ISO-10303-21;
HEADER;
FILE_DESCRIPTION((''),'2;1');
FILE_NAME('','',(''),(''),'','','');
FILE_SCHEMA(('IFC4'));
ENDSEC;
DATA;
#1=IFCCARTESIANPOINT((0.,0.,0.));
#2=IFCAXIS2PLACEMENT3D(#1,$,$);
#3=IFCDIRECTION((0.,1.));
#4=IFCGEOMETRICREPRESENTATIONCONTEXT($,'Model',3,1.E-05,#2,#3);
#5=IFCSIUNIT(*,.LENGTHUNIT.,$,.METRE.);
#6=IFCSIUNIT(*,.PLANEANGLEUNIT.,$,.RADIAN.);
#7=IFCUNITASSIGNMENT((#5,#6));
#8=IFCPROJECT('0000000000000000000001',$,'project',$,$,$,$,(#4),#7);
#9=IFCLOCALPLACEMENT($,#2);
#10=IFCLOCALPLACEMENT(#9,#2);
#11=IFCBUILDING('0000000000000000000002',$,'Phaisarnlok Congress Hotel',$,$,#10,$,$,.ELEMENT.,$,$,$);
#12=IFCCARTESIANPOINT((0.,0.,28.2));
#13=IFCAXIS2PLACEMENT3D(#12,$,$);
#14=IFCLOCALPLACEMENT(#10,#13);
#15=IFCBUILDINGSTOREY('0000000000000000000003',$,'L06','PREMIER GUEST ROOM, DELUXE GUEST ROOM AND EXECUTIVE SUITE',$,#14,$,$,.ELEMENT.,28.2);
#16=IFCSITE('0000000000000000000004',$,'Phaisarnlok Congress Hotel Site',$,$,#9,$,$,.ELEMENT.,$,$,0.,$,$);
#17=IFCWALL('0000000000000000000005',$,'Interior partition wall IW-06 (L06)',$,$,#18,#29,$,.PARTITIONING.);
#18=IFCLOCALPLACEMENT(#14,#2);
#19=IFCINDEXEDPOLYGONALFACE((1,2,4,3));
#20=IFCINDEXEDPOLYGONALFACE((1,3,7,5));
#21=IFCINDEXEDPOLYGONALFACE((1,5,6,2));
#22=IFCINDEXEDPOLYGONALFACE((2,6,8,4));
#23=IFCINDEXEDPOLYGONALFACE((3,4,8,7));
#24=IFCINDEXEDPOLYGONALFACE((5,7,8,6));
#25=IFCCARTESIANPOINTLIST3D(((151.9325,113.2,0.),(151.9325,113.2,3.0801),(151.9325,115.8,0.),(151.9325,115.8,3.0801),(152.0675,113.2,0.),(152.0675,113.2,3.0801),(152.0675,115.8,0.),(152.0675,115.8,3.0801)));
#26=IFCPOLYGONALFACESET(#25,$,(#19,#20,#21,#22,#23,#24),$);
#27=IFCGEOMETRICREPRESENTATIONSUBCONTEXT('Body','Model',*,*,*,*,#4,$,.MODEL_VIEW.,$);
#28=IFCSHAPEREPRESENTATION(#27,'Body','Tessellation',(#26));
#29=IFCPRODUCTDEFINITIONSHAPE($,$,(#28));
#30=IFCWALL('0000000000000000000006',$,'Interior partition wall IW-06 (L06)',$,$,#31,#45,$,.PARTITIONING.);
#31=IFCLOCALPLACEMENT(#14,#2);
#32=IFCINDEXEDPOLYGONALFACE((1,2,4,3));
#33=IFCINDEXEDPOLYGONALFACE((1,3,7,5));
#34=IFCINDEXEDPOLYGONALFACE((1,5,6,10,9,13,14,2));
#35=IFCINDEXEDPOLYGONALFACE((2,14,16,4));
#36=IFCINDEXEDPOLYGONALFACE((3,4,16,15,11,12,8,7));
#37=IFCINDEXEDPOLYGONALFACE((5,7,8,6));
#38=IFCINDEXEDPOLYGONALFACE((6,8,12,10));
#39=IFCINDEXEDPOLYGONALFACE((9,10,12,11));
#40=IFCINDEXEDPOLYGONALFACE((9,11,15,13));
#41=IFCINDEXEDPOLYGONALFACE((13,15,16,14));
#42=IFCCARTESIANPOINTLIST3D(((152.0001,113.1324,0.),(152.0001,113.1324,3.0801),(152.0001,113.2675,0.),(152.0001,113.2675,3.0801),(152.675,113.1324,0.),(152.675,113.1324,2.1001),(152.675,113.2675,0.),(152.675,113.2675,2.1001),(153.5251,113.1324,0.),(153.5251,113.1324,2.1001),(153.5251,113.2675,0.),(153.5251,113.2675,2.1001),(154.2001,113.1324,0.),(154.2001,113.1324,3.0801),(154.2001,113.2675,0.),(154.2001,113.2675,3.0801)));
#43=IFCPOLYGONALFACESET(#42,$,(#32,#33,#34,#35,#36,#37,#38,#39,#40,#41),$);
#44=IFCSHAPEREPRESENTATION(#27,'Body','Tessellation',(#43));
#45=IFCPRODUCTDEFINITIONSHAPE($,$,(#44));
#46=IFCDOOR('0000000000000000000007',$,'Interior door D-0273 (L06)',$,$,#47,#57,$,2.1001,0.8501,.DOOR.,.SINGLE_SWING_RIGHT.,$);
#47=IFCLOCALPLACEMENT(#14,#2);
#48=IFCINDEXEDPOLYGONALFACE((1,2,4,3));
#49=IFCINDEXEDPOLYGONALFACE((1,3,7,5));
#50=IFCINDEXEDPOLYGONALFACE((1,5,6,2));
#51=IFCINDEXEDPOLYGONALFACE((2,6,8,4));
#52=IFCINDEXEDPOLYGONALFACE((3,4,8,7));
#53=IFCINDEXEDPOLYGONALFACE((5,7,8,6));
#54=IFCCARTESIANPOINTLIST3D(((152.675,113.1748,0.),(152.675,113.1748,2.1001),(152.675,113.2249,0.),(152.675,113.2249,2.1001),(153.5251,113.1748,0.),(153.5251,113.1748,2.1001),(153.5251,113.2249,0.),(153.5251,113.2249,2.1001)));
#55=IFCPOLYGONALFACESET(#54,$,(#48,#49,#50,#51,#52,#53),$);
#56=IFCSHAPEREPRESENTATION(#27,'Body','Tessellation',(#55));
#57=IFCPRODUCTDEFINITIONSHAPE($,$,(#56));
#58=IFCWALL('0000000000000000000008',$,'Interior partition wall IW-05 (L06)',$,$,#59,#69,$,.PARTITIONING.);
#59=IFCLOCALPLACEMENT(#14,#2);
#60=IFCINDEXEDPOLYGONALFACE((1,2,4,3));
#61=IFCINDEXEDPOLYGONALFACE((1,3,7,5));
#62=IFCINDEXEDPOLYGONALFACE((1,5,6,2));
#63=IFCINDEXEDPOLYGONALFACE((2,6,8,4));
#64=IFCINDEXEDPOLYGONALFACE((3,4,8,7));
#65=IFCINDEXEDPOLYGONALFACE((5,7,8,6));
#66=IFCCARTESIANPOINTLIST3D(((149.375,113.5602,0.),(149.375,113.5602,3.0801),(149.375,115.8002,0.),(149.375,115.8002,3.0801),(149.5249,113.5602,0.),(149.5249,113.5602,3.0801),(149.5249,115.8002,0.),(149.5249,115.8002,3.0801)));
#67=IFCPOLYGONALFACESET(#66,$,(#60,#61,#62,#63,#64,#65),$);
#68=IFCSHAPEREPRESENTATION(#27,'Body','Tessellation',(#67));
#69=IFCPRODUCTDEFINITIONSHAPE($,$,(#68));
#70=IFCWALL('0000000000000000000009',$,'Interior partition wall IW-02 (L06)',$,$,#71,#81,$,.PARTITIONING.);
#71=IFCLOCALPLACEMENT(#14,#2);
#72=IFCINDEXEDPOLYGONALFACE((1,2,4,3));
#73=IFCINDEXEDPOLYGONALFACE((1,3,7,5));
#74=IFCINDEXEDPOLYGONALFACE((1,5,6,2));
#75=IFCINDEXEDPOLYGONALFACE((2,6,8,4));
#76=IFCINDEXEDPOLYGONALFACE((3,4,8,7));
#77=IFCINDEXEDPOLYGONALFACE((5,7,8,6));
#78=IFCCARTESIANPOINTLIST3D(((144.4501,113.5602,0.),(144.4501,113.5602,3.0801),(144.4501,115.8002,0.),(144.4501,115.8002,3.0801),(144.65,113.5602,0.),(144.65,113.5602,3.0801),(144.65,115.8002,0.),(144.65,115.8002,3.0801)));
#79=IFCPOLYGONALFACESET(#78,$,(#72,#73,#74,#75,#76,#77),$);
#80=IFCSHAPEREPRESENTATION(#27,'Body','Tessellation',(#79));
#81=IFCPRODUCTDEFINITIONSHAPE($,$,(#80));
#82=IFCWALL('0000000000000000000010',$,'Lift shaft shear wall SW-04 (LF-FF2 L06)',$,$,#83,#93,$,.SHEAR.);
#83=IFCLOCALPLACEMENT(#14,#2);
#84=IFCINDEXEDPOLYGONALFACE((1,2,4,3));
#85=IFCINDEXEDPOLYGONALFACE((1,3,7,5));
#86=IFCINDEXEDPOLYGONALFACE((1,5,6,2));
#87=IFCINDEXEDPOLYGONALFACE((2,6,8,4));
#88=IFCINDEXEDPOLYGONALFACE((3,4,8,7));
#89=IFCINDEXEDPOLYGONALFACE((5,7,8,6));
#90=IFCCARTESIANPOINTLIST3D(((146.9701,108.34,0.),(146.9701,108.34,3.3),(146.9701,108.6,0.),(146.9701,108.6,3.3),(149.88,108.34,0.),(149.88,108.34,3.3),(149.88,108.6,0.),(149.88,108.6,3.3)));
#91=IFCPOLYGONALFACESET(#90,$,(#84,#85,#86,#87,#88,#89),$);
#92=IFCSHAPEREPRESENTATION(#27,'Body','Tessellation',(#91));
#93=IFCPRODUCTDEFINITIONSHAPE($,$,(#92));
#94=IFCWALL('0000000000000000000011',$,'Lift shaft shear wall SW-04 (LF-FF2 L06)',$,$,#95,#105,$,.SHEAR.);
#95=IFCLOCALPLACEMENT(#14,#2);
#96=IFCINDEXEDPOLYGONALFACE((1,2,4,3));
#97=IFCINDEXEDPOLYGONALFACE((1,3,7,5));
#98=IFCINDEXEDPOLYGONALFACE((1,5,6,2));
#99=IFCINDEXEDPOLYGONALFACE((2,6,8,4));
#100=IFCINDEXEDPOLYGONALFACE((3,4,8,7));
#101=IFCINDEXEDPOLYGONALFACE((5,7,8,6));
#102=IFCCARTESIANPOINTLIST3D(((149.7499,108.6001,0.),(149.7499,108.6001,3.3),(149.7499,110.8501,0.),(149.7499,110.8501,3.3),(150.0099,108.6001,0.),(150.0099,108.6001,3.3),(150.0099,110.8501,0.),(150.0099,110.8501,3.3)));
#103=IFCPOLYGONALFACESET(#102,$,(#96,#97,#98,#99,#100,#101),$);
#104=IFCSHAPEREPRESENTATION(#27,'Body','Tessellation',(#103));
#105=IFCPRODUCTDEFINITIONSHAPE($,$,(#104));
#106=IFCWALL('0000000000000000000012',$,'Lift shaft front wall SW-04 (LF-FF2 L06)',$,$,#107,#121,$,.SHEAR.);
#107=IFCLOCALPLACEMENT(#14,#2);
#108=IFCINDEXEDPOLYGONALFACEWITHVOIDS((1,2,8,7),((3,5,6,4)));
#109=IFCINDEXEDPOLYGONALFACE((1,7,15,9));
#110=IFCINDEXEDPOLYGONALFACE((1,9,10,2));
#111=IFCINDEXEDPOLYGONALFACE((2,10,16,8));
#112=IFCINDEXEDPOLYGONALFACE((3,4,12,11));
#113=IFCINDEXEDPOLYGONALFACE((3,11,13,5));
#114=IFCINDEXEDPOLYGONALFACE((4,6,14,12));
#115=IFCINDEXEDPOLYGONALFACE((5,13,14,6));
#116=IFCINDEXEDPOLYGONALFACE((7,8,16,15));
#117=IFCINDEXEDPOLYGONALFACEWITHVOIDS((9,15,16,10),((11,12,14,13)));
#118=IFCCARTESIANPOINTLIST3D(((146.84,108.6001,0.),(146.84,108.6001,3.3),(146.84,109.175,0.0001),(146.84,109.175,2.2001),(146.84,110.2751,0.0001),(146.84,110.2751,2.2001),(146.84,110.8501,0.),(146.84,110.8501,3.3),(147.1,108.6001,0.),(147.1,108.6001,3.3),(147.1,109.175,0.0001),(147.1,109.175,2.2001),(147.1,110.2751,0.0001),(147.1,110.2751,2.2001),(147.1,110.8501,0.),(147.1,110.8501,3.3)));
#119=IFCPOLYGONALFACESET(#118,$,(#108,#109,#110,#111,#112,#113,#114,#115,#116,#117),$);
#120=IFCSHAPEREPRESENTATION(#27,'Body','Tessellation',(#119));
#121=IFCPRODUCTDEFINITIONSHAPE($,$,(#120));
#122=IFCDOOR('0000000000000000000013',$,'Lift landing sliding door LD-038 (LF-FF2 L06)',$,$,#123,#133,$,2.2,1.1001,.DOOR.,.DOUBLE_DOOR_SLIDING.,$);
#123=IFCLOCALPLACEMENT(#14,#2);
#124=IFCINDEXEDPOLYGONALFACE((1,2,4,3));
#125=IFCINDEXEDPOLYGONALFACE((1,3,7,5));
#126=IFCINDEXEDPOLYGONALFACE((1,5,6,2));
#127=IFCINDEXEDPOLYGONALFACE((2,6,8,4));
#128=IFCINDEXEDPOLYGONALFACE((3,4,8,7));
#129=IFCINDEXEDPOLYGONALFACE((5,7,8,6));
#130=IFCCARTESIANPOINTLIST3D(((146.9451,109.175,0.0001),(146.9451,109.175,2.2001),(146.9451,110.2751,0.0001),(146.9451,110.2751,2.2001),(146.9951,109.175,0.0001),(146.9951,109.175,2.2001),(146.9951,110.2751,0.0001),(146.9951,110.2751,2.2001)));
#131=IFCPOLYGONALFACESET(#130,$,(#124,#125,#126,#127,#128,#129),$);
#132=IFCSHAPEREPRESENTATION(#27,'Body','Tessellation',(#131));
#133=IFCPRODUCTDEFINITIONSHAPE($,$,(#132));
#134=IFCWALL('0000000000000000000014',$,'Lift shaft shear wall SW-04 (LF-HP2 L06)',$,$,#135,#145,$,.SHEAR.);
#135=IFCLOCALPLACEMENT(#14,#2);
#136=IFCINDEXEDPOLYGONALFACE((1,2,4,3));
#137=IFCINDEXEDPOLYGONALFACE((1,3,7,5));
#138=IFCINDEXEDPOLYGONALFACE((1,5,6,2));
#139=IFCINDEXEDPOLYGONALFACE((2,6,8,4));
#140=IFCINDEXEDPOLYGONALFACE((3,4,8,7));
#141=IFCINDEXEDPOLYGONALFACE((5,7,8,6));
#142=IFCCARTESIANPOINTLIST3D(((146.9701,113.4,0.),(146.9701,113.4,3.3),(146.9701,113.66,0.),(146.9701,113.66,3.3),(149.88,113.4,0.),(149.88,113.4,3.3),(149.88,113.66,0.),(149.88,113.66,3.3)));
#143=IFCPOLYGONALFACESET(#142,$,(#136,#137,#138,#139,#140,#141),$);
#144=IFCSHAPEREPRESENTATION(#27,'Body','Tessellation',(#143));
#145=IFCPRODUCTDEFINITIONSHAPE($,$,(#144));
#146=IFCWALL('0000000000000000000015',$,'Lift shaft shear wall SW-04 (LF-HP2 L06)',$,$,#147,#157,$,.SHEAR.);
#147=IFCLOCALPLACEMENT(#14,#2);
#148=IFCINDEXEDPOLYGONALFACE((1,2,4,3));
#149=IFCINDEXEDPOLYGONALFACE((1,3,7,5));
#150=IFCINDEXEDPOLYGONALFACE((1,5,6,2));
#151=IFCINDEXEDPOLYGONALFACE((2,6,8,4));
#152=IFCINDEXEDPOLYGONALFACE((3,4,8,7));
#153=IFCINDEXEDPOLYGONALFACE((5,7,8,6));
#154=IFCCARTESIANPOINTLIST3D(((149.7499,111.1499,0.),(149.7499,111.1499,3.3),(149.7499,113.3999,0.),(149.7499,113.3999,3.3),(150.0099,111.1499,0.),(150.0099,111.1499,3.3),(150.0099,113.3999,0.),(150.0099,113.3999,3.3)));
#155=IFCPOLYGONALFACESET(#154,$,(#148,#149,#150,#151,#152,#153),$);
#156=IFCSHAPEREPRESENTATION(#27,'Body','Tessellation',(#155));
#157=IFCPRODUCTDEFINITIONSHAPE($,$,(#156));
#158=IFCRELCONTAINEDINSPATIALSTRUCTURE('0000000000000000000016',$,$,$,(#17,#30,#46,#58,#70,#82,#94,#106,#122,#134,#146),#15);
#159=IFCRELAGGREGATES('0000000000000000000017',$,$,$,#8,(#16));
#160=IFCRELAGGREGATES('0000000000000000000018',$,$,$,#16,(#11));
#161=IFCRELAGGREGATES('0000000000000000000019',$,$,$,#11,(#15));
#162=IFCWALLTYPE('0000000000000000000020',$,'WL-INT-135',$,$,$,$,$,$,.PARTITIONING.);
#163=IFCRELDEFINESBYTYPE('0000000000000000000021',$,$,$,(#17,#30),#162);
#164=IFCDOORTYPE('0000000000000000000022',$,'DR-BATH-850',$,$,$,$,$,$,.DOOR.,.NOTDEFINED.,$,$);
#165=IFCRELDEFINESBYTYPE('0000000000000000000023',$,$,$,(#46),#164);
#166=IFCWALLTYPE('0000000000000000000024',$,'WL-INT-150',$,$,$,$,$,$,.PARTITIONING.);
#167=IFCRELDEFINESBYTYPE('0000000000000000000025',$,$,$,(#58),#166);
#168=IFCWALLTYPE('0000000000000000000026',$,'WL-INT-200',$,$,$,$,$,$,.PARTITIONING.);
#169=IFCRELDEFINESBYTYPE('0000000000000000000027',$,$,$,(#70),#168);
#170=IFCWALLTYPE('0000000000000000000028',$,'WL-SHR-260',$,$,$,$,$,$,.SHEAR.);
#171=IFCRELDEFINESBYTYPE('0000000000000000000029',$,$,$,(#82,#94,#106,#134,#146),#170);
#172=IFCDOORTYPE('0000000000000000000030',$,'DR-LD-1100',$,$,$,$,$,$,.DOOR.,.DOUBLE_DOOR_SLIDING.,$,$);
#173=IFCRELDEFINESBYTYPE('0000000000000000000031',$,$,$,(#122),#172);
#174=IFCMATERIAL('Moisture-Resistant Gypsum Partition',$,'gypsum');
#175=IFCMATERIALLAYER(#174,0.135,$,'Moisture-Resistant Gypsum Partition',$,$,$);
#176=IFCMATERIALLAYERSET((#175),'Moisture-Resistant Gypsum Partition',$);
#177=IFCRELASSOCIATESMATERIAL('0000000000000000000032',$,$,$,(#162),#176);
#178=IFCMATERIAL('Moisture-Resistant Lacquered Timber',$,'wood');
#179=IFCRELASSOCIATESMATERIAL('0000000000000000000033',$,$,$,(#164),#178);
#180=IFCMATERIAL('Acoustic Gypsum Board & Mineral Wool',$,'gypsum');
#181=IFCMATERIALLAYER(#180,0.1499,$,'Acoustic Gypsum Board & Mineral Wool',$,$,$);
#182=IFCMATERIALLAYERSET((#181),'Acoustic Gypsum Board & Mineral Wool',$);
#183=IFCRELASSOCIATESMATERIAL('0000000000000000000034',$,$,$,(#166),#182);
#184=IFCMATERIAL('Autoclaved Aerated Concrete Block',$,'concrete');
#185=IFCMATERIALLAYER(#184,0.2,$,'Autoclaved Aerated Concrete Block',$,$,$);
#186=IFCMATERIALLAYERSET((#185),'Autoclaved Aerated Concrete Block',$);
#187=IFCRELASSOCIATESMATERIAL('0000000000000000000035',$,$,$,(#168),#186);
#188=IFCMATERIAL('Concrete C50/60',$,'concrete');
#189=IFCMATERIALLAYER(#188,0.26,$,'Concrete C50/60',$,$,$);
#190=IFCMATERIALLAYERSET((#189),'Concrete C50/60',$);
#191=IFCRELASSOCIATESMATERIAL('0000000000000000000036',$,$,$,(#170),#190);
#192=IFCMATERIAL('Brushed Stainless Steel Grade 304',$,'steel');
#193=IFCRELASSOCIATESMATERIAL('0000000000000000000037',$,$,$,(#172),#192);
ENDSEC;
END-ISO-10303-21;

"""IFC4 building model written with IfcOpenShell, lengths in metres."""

from ifc_helpers import new_model, si_unit, direction, frame, frame_2d, origin, place, context, subcontext, project, spatial, rectangle, extrude, material, layer, layer_set, type_object, element, fill, save


model = new_model("IFC4")

# Units and contexts
model_context = context("Model", 3, precision=1e-05, world=origin(), true_north=direction((0.0, 1.0)))
body_context = subcontext(model_context, "Body", "Model", "MODEL_VIEW")
ifc_project = project(units=[si_unit("LENGTHUNIT", "METRE"), si_unit("PLANEANGLEUNIT", "RADIAN")], contexts=[model_context])

# Site, building, storey
site_placement = place(None, origin())
site = spatial("IfcSite", under=ifc_project, at=site_placement, Name="Phaisarnlok Congress Hotel Site", CompositionType="ELEMENT", RefElevation=0.0)
building_placement = place(site_placement, origin())
building = spatial("IfcBuilding", under=site, at=building_placement, Name="Phaisarnlok Congress Hotel", CompositionType="ELEMENT")
storey_placement = place(building_placement, frame((0.0, 0.0, 28.2)))
storey = spatial("IfcBuildingStorey", under=building, at=storey_placement, Name="L06", Description="PREMIER GUEST ROOM, DELUXE GUEST ROOM AND EXECUTIVE SUITE", CompositionType="ELEMENT", Elevation=28.2)

# Shared definitions
ifc_material_1 = material(Name="Concrete C50/60", Category="concrete")

# Wall
ifc_material_2 = material(Name="Moisture-Resistant Gypsum Partition", Category="gypsum")
ifc_layer_1 = layer(ifc_material_2, 0.135, Name="Moisture-Resistant Gypsum Partition")
ifc_layer_set_1 = layer_set([ifc_layer_1], Name="Moisture-Resistant Gypsum Partition")
wall_type_1 = type_object("IfcWallType", Name="WL-INT-135", PredefinedType="PARTITIONING", material=ifc_layer_set_1)
wall_1_placement = place(storey_placement, frame((152.0, 113.2, 0.0), z_axis=(0.0, 0.0, 1.0), x_axis=(0.0, 1.0, 0.0)))
element("IfcWall", 1, at=wall_1_placement, inside=storey, type_object=wall_type_1, Name="Interior partition wall IW-06 (L06)", PredefinedType="PARTITIONING", context=body_context, shape_type="SweptSolid", body=[
    extrude(rectangle(XDim=2.6001, YDim=0.135, at=frame_2d((1.3, 0.0))), origin(), (0.0, 0.0, 1.0), 3.0801),
])

# Wall, opening, door
wall_2_placement = place(storey_placement, frame((152.0, 113.2, 0.0), z_axis=(0.0, 0.0, 1.0), x_axis=(1.0, 0.0, 0.0)))
wall_2 = element("IfcWall", 2, at=wall_2_placement, inside=storey, type_object=wall_type_1, Name="Interior partition wall IW-06 (L06)", PredefinedType="PARTITIONING", context=body_context, shape_type="SweptSolid", body=[
    extrude(rectangle(XDim=2.2, YDim=0.135, at=frame_2d((1.1001, 0.0))), origin(), (0.0, 0.0, 1.0), 3.0801),
])
opening_1_placement = place(wall_2_placement, frame((0.675, 0.0, 0.0)))
opening_1 = element("IfcOpeningElement", 3, at=opening_1_placement, cuts=wall_2, PredefinedType="OPENING", context=body_context, shape_type="SweptSolid", body=[
    extrude(rectangle(XDim=0.8501, YDim=2.1001, at=frame_2d((0.425, 1.05))), frame((0.0, 0.0776, 0.0), z_axis=(0.0, -1.0, 0.0), x_axis=(1.0, 0.0, 0.0)), (0.0, 0.0, 1.0), 0.155),
])
ifc_material_3 = material(Name="Moisture-Resistant Lacquered Timber", Category="wood")
door_type_1 = type_object("IfcDoorType", Name="DR-BATH-850", OperationType="NOTDEFINED", PredefinedType="DOOR", material=ifc_material_3)
door_1_placement = place(opening_1_placement, origin())
door_1 = element("IfcDoor", 4, at=door_1_placement, inside=storey, type_object=door_type_1, Name="Interior door D-0273 (L06)", OperationType="SINGLE_SWING_RIGHT", OverallHeight=2.1001, OverallWidth=0.8501, PredefinedType="DOOR", context=body_context, shape_type="SweptSolid", body=[
    extrude(rectangle(XDim=0.8501, YDim=2.1001, at=frame_2d((0.425, 1.05))), frame((0.0, 0.0249, 0.0), z_axis=(0.0, -1.0, 0.0), x_axis=(1.0, 0.0, 0.0)), (0.0, 0.0, 1.0), 0.05),
])
fill(opening_1, door_1)

# Walls
ifc_material_4 = material(Name="Acoustic Gypsum Board & Mineral Wool", Category="gypsum")
ifc_layer_2 = layer(ifc_material_4, 0.1499, Name="Acoustic Gypsum Board & Mineral Wool")
ifc_layer_set_2 = layer_set([ifc_layer_2], Name="Acoustic Gypsum Board & Mineral Wool")
wall_type_2 = type_object("IfcWallType", Name="WL-INT-150", PredefinedType="PARTITIONING", material=ifc_layer_set_2)
wall_3_placement = place(storey_placement, frame((149.45, 113.5601, 0.0), z_axis=(0.0, 0.0, 1.0), x_axis=(0.0, 1.0, 0.0)))
element("IfcWall", 5, at=wall_3_placement, inside=storey, type_object=wall_type_2, Name="Interior partition wall IW-05 (L06)", PredefinedType="PARTITIONING", context=body_context, shape_type="SweptSolid", body=[
    extrude(rectangle(XDim=2.24, YDim=0.1499, at=frame_2d((1.1201, 0.0))), origin(), (0.0, 0.0, 1.0), 3.0801),
])
ifc_material_5 = material(Name="Autoclaved Aerated Concrete Block", Category="concrete")
ifc_layer_3 = layer(ifc_material_5, 0.2, Name="Autoclaved Aerated Concrete Block")
ifc_layer_set_3 = layer_set([ifc_layer_3], Name="Autoclaved Aerated Concrete Block")
wall_type_3 = type_object("IfcWallType", Name="WL-INT-200", PredefinedType="PARTITIONING", material=ifc_layer_set_3)
wall_4_placement = place(storey_placement, frame((144.55, 113.5601, 0.0), z_axis=(0.0, 0.0, 1.0), x_axis=(0.0, 1.0, 0.0)))
element("IfcWall", 6, at=wall_4_placement, inside=storey, type_object=wall_type_3, Name="Interior partition wall IW-02 (L06)", PredefinedType="PARTITIONING", context=body_context, shape_type="SweptSolid", body=[
    extrude(rectangle(XDim=2.24, YDim=0.2, at=frame_2d((1.1201, 0.0))), origin(), (0.0, 0.0, 1.0), 3.0801),
])
ifc_layer_4 = layer(ifc_material_1, 0.26, Name="Concrete C50/60")
ifc_layer_set_4 = layer_set([ifc_layer_4], Name="Concrete C50/60")
wall_type_4 = type_object("IfcWallType", Name="WL-SHR-260", PredefinedType="SHEAR", material=ifc_layer_set_4)
wall_5_placement = place(storey_placement, frame((146.97, 108.47, 0.0), z_axis=(0.0, 0.0, 1.0), x_axis=(1.0, 0.0, 0.0)))
element("IfcWall", 7, at=wall_5_placement, inside=storey, type_object=wall_type_4, Name="Lift shaft shear wall SW-04 (LF-FF2 L06)", PredefinedType="SHEAR", context=body_context, shape_type="SweptSolid", body=[
    extrude(rectangle(XDim=2.9099, YDim=0.26, at=frame_2d((1.4551, 0.0))), origin(), (0.0, 0.0, 1.0), 3.3),
])
wall_6_placement = place(storey_placement, frame((149.8799, 108.6001, 0.0), z_axis=(0.0, 0.0, 1.0), x_axis=(0.0, 1.0, 0.0)))
element("IfcWall", 8, at=wall_6_placement, inside=storey, type_object=wall_type_4, Name="Lift shaft shear wall SW-04 (LF-FF2 L06)", PredefinedType="SHEAR", context=body_context, shape_type="SweptSolid", body=[
    extrude(rectangle(XDim=2.25, YDim=0.26, at=frame_2d((1.125, 0.0))), origin(), (0.0, 0.0, 1.0), 3.3),
])

# Wall, opening, door
wall_7_placement = place(storey_placement, frame((146.97, 108.6001, 0.0), z_axis=(0.0, 0.0, 1.0), x_axis=(0.0, 1.0, 0.0)))
wall_7 = element("IfcWall", 9, at=wall_7_placement, inside=storey, type_object=wall_type_4, Name="Lift shaft front wall SW-04 (LF-FF2 L06)", PredefinedType="SHEAR", context=body_context, shape_type="SweptSolid", body=[
    extrude(rectangle(XDim=2.25, YDim=0.26, at=frame_2d((1.125, 0.0))), origin(), (0.0, 0.0, 1.0), 3.3),
])
opening_2_placement = place(wall_7_placement, frame((0.575, 0.0, 0.0)))
opening_2 = element("IfcOpeningElement", 10, at=opening_2_placement, cuts=wall_7, PredefinedType="OPENING", context=body_context, shape_type="SweptSolid", body=[
    extrude(rectangle(XDim=1.1001, YDim=2.2, at=frame_2d((0.55, 1.1001))), frame((0.0, 0.1401, 0.0), z_axis=(0.0, -1.0, 0.0), x_axis=(1.0, 0.0, 0.0)), (0.0, 0.0, 1.0), 0.28),
])
ifc_material_6 = material(Name="Brushed Stainless Steel Grade 304", Category="steel")
door_type_2 = type_object("IfcDoorType", Name="DR-LD-1100", OperationType="DOUBLE_DOOR_SLIDING", PredefinedType="DOOR", material=ifc_material_6)
door_2_placement = place(opening_2_placement, origin())
door_2 = element("IfcDoor", 11, at=door_2_placement, inside=storey, type_object=door_type_2, Name="Lift landing sliding door LD-038 (LF-FF2 L06)", OperationType="DOUBLE_DOOR_SLIDING", OverallHeight=2.2, OverallWidth=1.1001, PredefinedType="DOOR", context=body_context, shape_type="SweptSolid", body=[
    extrude(rectangle(XDim=1.1001, YDim=2.2, at=frame_2d((0.55, 1.1001))), frame((0.0, 0.0249, 0.0), z_axis=(0.0, -1.0, 0.0), x_axis=(1.0, 0.0, 0.0)), (0.0, 0.0, 1.0), 0.05),
])
fill(opening_2, door_2)

# Walls
wall_8_placement = place(storey_placement, frame((146.97, 113.53, 0.0), z_axis=(0.0, 0.0, 1.0), x_axis=(1.0, 0.0, 0.0)))
element("IfcWall", 12, at=wall_8_placement, inside=storey, type_object=wall_type_4, Name="Lift shaft shear wall SW-04 (LF-HP2 L06)", PredefinedType="SHEAR", context=body_context, shape_type="SweptSolid", body=[
    extrude(rectangle(XDim=2.9099, YDim=0.26, at=frame_2d((1.4551, 0.0))), origin(), (0.0, 0.0, 1.0), 3.3),
])
wall_9_placement = place(storey_placement, frame((149.8799, 111.1499, 0.0), z_axis=(0.0, 0.0, 1.0), x_axis=(0.0, 1.0, 0.0)))
element("IfcWall", 13, at=wall_9_placement, inside=storey, type_object=wall_type_4, Name="Lift shaft shear wall SW-04 (LF-HP2 L06)", PredefinedType="SHEAR", context=body_context, shape_type="SweptSolid", body=[
    extrude(rectangle(XDim=2.25, YDim=0.26, at=frame_2d((1.125, 0.0))), origin(), (0.0, 0.0, 1.0), 3.3),
])

save(model, "model.ifc")
